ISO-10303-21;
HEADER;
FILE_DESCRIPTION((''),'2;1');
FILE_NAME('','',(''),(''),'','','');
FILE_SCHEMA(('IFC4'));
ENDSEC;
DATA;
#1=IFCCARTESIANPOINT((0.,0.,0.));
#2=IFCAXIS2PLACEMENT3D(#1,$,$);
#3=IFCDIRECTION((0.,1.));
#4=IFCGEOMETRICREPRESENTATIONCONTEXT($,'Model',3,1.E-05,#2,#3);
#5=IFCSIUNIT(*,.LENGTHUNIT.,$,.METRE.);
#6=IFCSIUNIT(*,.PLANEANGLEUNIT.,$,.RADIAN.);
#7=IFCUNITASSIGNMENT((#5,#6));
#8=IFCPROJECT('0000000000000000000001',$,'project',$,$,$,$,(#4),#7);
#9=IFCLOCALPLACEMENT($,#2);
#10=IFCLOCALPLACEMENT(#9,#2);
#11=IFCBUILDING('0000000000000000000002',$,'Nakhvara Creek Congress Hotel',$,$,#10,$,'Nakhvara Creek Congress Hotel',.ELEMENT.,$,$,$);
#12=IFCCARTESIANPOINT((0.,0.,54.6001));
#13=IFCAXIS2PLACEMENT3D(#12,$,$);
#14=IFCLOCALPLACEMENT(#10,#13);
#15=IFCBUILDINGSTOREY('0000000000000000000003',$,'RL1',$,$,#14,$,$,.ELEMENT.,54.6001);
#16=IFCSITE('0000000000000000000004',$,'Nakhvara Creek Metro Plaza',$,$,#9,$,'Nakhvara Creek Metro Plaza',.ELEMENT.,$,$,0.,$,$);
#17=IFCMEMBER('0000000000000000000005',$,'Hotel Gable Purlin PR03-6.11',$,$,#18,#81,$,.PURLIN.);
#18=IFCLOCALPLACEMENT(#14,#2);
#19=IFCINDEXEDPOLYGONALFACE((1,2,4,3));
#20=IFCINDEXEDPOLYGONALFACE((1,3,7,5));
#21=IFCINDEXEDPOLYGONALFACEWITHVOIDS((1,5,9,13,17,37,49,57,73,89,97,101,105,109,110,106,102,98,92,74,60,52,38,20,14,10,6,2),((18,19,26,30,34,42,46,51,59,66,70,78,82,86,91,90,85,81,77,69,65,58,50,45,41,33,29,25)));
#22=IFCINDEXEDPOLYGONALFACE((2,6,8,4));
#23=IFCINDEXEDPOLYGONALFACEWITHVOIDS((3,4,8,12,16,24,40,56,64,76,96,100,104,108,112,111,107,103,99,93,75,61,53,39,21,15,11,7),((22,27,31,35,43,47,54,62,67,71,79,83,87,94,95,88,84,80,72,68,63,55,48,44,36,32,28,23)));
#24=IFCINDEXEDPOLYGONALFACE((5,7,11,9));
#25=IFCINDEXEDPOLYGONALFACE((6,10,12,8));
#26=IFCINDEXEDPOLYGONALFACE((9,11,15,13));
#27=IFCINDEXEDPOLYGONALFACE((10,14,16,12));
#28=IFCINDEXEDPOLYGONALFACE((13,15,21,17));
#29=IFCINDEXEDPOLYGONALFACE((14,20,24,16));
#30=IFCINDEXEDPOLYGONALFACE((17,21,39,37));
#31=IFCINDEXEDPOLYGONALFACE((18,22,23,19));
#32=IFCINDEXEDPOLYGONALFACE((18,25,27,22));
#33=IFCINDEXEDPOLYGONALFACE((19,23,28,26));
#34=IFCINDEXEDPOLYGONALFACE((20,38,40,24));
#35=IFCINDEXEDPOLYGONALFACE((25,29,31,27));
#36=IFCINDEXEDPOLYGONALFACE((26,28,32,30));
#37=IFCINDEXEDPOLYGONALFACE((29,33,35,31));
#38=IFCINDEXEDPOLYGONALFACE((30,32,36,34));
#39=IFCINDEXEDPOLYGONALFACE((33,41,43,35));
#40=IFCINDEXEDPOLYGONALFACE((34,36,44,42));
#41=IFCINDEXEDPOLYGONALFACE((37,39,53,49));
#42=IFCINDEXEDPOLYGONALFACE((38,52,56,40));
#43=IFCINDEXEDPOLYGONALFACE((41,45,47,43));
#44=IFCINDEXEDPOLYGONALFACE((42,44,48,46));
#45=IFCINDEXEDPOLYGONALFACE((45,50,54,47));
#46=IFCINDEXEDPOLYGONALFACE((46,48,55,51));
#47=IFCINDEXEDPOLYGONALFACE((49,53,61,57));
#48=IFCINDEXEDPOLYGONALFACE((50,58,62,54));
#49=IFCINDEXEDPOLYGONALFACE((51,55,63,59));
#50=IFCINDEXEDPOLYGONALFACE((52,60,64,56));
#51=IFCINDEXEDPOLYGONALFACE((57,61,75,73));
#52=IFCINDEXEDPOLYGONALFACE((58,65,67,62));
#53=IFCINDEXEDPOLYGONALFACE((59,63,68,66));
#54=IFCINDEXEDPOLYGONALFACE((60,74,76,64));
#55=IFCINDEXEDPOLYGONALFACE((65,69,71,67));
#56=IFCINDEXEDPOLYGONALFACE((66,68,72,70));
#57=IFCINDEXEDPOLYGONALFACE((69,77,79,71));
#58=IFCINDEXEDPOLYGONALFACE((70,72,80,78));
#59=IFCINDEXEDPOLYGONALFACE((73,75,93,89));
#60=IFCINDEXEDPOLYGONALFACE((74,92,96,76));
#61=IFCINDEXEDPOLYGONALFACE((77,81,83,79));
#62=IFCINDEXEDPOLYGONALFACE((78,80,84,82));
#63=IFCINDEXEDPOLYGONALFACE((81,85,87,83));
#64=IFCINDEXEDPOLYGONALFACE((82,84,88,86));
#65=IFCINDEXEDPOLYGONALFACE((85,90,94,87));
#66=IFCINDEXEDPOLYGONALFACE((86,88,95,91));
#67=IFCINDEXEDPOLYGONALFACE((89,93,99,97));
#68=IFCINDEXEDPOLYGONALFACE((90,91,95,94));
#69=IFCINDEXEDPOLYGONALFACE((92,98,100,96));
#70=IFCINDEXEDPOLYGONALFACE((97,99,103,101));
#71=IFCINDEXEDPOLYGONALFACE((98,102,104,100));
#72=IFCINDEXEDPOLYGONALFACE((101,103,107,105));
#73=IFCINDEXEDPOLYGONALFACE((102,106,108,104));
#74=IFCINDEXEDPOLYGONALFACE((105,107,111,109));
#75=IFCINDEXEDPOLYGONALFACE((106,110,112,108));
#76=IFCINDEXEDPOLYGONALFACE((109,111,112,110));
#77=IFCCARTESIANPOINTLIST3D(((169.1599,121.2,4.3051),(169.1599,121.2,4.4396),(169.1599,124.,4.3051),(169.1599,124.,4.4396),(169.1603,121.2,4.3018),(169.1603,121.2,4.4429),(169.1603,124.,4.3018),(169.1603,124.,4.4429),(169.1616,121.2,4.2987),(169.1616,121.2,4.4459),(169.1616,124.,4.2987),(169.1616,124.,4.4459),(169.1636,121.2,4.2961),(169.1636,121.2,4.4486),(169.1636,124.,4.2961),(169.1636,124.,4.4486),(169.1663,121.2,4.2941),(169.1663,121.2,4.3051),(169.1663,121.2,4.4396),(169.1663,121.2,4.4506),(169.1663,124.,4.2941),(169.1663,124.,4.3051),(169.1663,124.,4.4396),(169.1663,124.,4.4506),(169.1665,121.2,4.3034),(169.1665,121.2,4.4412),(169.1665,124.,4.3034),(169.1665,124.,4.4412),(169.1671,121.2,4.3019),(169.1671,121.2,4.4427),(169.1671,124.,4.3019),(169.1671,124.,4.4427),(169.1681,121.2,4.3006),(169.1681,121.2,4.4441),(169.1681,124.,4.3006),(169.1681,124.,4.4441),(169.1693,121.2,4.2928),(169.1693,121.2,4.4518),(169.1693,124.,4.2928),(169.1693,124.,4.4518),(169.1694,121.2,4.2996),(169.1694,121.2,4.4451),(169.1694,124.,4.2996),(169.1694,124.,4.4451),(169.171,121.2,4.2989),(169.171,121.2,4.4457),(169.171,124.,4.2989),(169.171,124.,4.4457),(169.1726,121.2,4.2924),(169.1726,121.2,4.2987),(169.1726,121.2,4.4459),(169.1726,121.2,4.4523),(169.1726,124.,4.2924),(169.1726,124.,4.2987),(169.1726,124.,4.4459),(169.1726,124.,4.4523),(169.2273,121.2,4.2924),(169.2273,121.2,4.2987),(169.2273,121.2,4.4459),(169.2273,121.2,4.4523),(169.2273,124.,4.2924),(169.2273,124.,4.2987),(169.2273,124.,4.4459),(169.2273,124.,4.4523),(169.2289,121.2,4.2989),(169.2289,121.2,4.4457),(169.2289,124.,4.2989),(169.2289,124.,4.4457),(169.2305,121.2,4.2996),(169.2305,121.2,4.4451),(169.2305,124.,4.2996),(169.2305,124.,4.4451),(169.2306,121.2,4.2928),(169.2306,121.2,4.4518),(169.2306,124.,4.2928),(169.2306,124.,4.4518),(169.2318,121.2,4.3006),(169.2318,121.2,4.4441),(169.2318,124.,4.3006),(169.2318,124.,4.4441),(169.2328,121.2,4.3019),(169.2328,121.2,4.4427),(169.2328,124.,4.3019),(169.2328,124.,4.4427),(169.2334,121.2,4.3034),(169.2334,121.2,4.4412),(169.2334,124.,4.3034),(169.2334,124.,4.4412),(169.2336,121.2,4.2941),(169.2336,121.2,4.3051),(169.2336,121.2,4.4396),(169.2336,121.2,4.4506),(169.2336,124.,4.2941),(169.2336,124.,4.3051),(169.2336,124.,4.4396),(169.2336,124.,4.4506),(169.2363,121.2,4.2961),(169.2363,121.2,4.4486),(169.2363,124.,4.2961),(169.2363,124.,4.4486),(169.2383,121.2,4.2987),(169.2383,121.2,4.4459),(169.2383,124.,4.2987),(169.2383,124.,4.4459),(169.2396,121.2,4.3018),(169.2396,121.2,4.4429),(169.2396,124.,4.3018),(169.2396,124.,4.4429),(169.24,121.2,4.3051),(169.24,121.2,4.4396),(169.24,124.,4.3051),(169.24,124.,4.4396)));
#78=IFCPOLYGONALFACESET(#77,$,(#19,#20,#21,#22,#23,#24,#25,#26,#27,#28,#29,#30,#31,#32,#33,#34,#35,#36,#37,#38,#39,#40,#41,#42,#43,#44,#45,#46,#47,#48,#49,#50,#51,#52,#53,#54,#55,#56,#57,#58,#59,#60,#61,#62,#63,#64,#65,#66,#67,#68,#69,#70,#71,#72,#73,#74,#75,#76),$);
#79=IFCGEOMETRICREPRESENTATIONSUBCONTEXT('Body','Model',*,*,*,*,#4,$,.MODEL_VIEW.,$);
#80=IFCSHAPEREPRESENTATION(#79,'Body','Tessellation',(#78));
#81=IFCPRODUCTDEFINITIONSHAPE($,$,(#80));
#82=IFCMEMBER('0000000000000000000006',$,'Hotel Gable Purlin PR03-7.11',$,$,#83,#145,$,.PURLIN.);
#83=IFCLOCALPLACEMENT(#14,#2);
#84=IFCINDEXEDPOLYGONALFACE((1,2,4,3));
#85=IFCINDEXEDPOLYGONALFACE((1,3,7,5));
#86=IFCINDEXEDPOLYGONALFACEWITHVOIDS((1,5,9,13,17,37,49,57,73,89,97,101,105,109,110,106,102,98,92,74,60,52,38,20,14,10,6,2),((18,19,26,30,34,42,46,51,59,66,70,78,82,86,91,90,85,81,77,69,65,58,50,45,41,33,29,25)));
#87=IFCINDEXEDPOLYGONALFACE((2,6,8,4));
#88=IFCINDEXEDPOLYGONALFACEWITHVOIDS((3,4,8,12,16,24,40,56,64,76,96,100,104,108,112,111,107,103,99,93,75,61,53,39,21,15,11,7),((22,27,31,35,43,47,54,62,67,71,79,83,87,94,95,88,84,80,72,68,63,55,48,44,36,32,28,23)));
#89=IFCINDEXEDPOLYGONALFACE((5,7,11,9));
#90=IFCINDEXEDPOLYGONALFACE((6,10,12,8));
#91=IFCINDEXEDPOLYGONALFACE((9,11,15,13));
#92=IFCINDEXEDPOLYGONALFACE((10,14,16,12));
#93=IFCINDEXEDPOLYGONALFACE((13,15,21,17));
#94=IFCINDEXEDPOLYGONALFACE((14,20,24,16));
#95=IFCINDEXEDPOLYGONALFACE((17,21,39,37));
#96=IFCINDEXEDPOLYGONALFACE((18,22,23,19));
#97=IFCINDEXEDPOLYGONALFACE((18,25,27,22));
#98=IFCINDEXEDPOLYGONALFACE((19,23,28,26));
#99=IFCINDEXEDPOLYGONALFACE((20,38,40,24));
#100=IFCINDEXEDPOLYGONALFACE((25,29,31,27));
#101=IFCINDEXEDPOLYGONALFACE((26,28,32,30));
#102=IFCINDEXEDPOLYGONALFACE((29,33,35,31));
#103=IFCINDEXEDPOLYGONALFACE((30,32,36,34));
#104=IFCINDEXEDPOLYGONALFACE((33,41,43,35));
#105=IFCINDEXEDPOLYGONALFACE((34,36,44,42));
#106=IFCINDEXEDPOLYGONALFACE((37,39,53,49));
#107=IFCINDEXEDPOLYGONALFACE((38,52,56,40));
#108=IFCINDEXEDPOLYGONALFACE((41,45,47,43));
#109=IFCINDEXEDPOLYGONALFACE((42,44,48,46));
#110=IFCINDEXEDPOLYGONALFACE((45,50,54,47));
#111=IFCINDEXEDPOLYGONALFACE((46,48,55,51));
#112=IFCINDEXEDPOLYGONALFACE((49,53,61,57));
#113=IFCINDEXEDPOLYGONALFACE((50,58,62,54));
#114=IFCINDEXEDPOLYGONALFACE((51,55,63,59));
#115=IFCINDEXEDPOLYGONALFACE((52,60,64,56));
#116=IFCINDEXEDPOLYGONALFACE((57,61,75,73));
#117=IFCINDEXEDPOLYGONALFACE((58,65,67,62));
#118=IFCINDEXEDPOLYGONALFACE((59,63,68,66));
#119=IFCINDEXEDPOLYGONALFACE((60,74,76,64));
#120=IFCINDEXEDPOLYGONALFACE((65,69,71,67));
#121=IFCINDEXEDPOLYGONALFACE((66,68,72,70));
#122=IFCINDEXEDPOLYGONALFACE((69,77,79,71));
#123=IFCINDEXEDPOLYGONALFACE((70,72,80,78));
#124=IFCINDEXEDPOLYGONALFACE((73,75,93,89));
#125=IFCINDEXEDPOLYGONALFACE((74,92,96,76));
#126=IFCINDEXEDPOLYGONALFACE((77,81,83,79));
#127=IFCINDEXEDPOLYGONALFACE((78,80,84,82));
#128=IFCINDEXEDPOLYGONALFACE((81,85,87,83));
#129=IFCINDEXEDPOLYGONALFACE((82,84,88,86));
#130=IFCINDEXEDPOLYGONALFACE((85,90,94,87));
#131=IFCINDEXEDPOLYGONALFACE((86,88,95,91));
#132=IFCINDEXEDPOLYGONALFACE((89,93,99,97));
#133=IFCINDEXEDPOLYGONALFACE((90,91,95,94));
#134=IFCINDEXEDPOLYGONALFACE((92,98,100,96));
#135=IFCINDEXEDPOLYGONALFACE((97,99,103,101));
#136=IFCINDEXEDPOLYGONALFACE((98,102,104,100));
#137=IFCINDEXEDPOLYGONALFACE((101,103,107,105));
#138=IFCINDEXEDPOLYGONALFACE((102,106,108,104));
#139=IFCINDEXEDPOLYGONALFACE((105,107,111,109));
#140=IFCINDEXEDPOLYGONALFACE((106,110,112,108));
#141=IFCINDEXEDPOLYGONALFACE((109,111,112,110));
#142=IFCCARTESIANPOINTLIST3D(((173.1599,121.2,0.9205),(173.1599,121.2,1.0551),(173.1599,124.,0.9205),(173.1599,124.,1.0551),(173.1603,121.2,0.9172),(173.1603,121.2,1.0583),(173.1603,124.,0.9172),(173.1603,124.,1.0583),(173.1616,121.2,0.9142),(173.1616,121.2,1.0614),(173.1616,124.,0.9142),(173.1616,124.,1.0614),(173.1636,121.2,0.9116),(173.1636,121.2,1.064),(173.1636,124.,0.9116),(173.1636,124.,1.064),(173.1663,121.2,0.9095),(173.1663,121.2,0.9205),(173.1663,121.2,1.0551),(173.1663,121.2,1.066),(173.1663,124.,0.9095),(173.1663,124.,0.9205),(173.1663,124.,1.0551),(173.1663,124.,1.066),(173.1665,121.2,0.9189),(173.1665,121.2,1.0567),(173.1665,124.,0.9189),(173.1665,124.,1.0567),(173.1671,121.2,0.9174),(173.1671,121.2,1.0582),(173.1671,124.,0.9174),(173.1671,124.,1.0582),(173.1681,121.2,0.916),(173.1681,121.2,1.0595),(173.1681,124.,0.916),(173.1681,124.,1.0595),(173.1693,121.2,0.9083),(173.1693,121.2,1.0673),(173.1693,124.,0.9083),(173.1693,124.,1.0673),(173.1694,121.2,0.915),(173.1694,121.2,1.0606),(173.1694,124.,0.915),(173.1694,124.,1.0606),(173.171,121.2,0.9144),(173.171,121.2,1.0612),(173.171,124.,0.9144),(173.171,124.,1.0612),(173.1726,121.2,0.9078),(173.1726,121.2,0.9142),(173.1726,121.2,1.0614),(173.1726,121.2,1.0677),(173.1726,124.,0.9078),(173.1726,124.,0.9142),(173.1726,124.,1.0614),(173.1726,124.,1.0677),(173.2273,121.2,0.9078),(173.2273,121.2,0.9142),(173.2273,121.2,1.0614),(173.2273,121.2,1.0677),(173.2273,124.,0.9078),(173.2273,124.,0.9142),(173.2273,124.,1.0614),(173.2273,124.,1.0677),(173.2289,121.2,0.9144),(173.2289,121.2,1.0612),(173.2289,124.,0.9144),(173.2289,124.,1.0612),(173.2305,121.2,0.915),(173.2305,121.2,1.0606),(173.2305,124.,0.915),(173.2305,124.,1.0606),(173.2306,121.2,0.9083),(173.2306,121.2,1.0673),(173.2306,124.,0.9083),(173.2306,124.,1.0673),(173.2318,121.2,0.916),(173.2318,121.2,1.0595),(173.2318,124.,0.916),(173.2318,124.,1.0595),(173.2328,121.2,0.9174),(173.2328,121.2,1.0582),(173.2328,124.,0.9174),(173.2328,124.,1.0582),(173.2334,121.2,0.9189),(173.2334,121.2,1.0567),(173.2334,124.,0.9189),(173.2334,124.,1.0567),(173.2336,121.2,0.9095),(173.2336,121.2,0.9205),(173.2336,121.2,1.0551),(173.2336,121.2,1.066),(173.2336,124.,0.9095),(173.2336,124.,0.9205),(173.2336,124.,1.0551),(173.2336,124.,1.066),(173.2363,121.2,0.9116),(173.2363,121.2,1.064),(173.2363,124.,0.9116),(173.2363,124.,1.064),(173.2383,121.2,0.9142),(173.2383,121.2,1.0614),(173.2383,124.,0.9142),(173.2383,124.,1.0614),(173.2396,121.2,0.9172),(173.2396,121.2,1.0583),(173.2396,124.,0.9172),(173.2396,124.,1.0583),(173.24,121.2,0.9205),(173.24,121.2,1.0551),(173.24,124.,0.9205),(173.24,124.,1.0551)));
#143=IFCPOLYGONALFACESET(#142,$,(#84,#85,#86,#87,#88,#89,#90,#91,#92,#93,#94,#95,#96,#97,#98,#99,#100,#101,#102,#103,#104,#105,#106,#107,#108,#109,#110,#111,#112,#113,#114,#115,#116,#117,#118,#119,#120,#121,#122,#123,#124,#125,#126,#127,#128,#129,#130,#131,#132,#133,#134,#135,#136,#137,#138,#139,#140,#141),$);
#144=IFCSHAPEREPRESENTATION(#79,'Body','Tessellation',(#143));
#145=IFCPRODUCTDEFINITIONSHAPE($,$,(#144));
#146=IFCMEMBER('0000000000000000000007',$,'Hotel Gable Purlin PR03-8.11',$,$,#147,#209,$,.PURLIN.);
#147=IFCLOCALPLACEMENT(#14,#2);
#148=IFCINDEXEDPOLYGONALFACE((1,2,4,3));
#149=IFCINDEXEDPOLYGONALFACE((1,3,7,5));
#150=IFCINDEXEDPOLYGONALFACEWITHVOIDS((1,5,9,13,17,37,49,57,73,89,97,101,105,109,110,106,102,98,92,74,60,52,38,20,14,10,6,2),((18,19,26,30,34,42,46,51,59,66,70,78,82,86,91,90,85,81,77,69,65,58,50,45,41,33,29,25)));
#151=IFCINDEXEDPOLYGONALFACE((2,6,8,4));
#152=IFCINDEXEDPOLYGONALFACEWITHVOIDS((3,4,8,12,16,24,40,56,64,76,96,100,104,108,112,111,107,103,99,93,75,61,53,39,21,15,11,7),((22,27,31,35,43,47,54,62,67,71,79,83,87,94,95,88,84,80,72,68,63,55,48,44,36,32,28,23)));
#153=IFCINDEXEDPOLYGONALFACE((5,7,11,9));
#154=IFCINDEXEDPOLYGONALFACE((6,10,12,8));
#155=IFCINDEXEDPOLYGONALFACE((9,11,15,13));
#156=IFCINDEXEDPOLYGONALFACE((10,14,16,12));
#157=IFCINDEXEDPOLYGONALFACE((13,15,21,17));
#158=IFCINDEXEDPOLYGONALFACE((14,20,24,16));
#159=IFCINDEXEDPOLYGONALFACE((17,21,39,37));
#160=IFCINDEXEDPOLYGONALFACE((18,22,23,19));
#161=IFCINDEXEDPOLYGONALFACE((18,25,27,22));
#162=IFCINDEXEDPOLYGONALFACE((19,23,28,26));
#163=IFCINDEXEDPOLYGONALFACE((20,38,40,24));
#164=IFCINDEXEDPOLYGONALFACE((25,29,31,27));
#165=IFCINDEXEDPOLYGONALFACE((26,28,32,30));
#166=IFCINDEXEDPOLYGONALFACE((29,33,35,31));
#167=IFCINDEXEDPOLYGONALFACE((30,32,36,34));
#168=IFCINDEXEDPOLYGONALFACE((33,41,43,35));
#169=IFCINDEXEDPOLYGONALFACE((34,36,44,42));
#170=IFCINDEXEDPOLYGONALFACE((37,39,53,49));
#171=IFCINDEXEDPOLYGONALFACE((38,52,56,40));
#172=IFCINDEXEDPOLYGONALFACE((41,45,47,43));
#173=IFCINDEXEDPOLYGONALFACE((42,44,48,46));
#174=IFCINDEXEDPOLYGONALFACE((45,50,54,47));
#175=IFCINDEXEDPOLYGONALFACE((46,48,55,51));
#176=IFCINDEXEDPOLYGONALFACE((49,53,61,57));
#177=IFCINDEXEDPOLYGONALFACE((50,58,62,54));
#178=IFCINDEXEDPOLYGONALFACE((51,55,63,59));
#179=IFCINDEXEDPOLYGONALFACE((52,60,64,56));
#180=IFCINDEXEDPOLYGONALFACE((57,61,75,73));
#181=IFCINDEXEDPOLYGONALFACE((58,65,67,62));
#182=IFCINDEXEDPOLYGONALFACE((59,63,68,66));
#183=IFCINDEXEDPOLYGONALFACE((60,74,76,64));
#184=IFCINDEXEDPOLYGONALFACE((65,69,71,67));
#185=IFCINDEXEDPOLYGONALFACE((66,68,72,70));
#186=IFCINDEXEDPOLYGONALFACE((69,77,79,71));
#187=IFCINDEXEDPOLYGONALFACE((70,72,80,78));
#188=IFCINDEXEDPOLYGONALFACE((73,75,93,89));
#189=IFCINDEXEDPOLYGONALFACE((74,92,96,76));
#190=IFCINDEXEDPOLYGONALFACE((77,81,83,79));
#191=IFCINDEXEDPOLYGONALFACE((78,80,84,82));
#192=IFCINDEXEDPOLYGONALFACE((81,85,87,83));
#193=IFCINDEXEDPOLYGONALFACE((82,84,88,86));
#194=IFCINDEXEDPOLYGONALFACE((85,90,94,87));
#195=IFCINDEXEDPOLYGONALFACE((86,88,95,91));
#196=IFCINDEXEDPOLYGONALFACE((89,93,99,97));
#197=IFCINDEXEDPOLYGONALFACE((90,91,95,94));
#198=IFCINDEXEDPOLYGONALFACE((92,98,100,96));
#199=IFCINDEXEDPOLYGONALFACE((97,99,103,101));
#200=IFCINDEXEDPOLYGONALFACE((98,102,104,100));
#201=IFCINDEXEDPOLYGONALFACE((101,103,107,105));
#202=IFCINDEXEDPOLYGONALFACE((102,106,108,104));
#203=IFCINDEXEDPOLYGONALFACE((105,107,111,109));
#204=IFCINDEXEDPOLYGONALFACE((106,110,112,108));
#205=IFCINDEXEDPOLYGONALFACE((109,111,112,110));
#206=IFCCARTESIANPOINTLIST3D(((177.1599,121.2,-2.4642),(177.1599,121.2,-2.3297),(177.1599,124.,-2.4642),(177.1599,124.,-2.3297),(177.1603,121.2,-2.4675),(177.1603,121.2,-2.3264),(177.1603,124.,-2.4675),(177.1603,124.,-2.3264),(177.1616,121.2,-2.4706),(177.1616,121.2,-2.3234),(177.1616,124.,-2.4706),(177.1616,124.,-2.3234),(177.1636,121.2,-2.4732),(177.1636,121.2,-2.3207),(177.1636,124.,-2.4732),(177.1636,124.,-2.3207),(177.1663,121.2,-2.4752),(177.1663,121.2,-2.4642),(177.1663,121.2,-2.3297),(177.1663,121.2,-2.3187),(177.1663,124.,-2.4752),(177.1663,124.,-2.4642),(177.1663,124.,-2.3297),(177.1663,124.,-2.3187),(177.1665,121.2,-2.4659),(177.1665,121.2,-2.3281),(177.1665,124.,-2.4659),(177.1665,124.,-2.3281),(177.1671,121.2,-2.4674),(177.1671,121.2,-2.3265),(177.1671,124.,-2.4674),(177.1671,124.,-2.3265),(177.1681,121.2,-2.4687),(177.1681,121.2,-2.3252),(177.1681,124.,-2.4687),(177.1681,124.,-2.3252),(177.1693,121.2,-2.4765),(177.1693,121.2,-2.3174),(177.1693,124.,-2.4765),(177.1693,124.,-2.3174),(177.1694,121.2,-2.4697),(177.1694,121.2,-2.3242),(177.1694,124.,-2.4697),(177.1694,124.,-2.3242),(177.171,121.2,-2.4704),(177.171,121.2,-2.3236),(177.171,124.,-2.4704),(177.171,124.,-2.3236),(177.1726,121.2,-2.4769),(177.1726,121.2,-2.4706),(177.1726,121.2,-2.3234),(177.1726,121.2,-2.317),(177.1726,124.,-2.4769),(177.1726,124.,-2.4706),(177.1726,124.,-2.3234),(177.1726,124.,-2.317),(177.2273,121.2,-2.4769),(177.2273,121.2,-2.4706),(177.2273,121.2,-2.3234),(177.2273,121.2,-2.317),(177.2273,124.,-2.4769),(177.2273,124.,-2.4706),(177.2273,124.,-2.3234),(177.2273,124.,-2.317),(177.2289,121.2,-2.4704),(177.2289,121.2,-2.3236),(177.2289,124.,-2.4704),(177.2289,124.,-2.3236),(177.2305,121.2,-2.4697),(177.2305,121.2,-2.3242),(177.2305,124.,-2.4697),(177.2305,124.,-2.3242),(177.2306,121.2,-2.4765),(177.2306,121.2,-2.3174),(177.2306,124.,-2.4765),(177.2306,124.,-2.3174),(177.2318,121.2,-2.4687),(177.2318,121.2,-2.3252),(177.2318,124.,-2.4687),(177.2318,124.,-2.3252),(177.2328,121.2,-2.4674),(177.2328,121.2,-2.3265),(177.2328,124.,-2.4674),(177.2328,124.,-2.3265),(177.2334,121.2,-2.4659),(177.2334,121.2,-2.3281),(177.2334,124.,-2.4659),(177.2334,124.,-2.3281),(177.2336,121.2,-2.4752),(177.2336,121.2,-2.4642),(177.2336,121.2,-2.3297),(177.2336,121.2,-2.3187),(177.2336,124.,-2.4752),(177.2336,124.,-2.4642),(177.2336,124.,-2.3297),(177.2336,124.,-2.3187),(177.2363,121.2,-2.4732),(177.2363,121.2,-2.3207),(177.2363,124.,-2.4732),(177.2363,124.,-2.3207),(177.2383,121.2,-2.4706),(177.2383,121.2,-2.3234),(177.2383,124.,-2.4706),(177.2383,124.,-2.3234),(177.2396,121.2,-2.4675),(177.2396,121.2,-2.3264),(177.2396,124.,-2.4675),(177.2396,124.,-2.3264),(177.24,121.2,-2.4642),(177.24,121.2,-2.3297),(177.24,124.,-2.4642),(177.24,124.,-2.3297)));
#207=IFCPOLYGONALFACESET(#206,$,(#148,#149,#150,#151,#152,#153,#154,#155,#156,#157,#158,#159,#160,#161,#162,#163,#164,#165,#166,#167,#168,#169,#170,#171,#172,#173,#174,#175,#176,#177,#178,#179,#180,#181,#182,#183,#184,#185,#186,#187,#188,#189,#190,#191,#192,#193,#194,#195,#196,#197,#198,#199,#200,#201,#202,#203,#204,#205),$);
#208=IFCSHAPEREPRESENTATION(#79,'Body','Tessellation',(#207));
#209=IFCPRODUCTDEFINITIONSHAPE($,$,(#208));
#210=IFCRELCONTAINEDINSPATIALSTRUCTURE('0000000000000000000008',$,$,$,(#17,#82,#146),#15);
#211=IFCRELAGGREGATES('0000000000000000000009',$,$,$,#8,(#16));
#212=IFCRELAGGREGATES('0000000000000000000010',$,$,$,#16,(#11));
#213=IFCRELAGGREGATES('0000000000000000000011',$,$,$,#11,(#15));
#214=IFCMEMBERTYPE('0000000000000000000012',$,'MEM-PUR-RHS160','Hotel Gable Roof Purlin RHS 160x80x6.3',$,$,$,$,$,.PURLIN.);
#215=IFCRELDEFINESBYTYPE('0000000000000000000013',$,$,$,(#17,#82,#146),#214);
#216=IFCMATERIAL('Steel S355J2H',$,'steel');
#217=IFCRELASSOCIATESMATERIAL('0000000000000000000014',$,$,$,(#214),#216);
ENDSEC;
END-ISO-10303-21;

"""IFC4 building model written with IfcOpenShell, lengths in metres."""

from ifc_helpers import new_model, si_unit, direction, frame, origin, origin_2d, place, context, subcontext, project, spatial, hollow_rectangle, extrude, material, material_profile, profile_set, type_object, element, save


model = new_model("IFC4")

# Units and contexts
model_context = context("Model", 3, precision=1e-05, world=origin(), true_north=direction((0.0, 1.0)))
body_context = subcontext(model_context, "Body", "Model", "MODEL_VIEW")
ifc_project = project(units=[si_unit("LENGTHUNIT", "METRE"), si_unit("PLANEANGLEUNIT", "RADIAN")], contexts=[model_context])

# Site, building, storey
site_placement = place(None, origin())
site = spatial("IfcSite", under=ifc_project, at=site_placement, Name="Nakhvara Creek Metro Plaza", LongName="Nakhvara Creek Metro Plaza", CompositionType="ELEMENT", RefElevation=0.0)
building_placement = place(site_placement, origin())
building = spatial("IfcBuilding", under=site, at=building_placement, Name="Nakhvara Creek Congress Hotel", LongName="Nakhvara Creek Congress Hotel", CompositionType="ELEMENT")
storey_placement = place(building_placement, frame((0.0, 0.0, 54.6001)))
storey = spatial("IfcBuildingStorey", under=building, at=storey_placement, Name="RL1", CompositionType="ELEMENT", Elevation=54.6001)

# Members
ifc_material_1 = material(Name="Steel S355J2H", Category="steel")
ifc_material_profile = material_profile(ifc_material_1, hollow_rectangle(XDim=0.0801, YDim=0.1599, WallThickness=0.0063, InnerFilletRadius=0.0063, OuterFilletRadius=0.0127, at=origin_2d()), Name="RHS 160x80x6.3", Category="LoadBearing")
ifc_profile_set = profile_set([ifc_material_profile], Name="Steel S355J2H")
member_type = type_object("IfcMemberType", Name="MEM-PUR-RHS160", Description="Hotel Gable Roof Purlin RHS 160x80x6.3", PredefinedType="PURLIN", material=ifc_profile_set)
for number, where, z_axis, x_axis, name in (
    (1, (169.2, 121.2, 4.3723), (0.0, 1.0, 0.0), (-1.0, 0.0, 0.0), "Hotel Gable Purlin PR03-6.11"),
    (2, (173.2, 121.2, 0.9878), (0.0, 1.0, 0.0), (-1.0, 0.0, 0.0), "Hotel Gable Purlin PR03-7.11"),
    (3, (177.2, 121.2, -2.397), (0.0, 1.0, 0.0), (-1.0, 0.0, 0.0), "Hotel Gable Purlin PR03-8.11"),
):
    element("IfcMember", number, at=place(storey_placement, frame(where, z_axis=z_axis, x_axis=x_axis)), inside=storey, type_object=member_type, Name=name, PredefinedType="PURLIN", context=body_context, shape_type="SweptSolid", body=[
        extrude(hollow_rectangle(XDim=0.0801, YDim=0.1599, WallThickness=0.0063, InnerFilletRadius=0.0063, OuterFilletRadius=0.0127, at=origin_2d()), origin(), (0.0, 0.0, 1.0), 2.8),
    ])

save(model, "model.ifc")
